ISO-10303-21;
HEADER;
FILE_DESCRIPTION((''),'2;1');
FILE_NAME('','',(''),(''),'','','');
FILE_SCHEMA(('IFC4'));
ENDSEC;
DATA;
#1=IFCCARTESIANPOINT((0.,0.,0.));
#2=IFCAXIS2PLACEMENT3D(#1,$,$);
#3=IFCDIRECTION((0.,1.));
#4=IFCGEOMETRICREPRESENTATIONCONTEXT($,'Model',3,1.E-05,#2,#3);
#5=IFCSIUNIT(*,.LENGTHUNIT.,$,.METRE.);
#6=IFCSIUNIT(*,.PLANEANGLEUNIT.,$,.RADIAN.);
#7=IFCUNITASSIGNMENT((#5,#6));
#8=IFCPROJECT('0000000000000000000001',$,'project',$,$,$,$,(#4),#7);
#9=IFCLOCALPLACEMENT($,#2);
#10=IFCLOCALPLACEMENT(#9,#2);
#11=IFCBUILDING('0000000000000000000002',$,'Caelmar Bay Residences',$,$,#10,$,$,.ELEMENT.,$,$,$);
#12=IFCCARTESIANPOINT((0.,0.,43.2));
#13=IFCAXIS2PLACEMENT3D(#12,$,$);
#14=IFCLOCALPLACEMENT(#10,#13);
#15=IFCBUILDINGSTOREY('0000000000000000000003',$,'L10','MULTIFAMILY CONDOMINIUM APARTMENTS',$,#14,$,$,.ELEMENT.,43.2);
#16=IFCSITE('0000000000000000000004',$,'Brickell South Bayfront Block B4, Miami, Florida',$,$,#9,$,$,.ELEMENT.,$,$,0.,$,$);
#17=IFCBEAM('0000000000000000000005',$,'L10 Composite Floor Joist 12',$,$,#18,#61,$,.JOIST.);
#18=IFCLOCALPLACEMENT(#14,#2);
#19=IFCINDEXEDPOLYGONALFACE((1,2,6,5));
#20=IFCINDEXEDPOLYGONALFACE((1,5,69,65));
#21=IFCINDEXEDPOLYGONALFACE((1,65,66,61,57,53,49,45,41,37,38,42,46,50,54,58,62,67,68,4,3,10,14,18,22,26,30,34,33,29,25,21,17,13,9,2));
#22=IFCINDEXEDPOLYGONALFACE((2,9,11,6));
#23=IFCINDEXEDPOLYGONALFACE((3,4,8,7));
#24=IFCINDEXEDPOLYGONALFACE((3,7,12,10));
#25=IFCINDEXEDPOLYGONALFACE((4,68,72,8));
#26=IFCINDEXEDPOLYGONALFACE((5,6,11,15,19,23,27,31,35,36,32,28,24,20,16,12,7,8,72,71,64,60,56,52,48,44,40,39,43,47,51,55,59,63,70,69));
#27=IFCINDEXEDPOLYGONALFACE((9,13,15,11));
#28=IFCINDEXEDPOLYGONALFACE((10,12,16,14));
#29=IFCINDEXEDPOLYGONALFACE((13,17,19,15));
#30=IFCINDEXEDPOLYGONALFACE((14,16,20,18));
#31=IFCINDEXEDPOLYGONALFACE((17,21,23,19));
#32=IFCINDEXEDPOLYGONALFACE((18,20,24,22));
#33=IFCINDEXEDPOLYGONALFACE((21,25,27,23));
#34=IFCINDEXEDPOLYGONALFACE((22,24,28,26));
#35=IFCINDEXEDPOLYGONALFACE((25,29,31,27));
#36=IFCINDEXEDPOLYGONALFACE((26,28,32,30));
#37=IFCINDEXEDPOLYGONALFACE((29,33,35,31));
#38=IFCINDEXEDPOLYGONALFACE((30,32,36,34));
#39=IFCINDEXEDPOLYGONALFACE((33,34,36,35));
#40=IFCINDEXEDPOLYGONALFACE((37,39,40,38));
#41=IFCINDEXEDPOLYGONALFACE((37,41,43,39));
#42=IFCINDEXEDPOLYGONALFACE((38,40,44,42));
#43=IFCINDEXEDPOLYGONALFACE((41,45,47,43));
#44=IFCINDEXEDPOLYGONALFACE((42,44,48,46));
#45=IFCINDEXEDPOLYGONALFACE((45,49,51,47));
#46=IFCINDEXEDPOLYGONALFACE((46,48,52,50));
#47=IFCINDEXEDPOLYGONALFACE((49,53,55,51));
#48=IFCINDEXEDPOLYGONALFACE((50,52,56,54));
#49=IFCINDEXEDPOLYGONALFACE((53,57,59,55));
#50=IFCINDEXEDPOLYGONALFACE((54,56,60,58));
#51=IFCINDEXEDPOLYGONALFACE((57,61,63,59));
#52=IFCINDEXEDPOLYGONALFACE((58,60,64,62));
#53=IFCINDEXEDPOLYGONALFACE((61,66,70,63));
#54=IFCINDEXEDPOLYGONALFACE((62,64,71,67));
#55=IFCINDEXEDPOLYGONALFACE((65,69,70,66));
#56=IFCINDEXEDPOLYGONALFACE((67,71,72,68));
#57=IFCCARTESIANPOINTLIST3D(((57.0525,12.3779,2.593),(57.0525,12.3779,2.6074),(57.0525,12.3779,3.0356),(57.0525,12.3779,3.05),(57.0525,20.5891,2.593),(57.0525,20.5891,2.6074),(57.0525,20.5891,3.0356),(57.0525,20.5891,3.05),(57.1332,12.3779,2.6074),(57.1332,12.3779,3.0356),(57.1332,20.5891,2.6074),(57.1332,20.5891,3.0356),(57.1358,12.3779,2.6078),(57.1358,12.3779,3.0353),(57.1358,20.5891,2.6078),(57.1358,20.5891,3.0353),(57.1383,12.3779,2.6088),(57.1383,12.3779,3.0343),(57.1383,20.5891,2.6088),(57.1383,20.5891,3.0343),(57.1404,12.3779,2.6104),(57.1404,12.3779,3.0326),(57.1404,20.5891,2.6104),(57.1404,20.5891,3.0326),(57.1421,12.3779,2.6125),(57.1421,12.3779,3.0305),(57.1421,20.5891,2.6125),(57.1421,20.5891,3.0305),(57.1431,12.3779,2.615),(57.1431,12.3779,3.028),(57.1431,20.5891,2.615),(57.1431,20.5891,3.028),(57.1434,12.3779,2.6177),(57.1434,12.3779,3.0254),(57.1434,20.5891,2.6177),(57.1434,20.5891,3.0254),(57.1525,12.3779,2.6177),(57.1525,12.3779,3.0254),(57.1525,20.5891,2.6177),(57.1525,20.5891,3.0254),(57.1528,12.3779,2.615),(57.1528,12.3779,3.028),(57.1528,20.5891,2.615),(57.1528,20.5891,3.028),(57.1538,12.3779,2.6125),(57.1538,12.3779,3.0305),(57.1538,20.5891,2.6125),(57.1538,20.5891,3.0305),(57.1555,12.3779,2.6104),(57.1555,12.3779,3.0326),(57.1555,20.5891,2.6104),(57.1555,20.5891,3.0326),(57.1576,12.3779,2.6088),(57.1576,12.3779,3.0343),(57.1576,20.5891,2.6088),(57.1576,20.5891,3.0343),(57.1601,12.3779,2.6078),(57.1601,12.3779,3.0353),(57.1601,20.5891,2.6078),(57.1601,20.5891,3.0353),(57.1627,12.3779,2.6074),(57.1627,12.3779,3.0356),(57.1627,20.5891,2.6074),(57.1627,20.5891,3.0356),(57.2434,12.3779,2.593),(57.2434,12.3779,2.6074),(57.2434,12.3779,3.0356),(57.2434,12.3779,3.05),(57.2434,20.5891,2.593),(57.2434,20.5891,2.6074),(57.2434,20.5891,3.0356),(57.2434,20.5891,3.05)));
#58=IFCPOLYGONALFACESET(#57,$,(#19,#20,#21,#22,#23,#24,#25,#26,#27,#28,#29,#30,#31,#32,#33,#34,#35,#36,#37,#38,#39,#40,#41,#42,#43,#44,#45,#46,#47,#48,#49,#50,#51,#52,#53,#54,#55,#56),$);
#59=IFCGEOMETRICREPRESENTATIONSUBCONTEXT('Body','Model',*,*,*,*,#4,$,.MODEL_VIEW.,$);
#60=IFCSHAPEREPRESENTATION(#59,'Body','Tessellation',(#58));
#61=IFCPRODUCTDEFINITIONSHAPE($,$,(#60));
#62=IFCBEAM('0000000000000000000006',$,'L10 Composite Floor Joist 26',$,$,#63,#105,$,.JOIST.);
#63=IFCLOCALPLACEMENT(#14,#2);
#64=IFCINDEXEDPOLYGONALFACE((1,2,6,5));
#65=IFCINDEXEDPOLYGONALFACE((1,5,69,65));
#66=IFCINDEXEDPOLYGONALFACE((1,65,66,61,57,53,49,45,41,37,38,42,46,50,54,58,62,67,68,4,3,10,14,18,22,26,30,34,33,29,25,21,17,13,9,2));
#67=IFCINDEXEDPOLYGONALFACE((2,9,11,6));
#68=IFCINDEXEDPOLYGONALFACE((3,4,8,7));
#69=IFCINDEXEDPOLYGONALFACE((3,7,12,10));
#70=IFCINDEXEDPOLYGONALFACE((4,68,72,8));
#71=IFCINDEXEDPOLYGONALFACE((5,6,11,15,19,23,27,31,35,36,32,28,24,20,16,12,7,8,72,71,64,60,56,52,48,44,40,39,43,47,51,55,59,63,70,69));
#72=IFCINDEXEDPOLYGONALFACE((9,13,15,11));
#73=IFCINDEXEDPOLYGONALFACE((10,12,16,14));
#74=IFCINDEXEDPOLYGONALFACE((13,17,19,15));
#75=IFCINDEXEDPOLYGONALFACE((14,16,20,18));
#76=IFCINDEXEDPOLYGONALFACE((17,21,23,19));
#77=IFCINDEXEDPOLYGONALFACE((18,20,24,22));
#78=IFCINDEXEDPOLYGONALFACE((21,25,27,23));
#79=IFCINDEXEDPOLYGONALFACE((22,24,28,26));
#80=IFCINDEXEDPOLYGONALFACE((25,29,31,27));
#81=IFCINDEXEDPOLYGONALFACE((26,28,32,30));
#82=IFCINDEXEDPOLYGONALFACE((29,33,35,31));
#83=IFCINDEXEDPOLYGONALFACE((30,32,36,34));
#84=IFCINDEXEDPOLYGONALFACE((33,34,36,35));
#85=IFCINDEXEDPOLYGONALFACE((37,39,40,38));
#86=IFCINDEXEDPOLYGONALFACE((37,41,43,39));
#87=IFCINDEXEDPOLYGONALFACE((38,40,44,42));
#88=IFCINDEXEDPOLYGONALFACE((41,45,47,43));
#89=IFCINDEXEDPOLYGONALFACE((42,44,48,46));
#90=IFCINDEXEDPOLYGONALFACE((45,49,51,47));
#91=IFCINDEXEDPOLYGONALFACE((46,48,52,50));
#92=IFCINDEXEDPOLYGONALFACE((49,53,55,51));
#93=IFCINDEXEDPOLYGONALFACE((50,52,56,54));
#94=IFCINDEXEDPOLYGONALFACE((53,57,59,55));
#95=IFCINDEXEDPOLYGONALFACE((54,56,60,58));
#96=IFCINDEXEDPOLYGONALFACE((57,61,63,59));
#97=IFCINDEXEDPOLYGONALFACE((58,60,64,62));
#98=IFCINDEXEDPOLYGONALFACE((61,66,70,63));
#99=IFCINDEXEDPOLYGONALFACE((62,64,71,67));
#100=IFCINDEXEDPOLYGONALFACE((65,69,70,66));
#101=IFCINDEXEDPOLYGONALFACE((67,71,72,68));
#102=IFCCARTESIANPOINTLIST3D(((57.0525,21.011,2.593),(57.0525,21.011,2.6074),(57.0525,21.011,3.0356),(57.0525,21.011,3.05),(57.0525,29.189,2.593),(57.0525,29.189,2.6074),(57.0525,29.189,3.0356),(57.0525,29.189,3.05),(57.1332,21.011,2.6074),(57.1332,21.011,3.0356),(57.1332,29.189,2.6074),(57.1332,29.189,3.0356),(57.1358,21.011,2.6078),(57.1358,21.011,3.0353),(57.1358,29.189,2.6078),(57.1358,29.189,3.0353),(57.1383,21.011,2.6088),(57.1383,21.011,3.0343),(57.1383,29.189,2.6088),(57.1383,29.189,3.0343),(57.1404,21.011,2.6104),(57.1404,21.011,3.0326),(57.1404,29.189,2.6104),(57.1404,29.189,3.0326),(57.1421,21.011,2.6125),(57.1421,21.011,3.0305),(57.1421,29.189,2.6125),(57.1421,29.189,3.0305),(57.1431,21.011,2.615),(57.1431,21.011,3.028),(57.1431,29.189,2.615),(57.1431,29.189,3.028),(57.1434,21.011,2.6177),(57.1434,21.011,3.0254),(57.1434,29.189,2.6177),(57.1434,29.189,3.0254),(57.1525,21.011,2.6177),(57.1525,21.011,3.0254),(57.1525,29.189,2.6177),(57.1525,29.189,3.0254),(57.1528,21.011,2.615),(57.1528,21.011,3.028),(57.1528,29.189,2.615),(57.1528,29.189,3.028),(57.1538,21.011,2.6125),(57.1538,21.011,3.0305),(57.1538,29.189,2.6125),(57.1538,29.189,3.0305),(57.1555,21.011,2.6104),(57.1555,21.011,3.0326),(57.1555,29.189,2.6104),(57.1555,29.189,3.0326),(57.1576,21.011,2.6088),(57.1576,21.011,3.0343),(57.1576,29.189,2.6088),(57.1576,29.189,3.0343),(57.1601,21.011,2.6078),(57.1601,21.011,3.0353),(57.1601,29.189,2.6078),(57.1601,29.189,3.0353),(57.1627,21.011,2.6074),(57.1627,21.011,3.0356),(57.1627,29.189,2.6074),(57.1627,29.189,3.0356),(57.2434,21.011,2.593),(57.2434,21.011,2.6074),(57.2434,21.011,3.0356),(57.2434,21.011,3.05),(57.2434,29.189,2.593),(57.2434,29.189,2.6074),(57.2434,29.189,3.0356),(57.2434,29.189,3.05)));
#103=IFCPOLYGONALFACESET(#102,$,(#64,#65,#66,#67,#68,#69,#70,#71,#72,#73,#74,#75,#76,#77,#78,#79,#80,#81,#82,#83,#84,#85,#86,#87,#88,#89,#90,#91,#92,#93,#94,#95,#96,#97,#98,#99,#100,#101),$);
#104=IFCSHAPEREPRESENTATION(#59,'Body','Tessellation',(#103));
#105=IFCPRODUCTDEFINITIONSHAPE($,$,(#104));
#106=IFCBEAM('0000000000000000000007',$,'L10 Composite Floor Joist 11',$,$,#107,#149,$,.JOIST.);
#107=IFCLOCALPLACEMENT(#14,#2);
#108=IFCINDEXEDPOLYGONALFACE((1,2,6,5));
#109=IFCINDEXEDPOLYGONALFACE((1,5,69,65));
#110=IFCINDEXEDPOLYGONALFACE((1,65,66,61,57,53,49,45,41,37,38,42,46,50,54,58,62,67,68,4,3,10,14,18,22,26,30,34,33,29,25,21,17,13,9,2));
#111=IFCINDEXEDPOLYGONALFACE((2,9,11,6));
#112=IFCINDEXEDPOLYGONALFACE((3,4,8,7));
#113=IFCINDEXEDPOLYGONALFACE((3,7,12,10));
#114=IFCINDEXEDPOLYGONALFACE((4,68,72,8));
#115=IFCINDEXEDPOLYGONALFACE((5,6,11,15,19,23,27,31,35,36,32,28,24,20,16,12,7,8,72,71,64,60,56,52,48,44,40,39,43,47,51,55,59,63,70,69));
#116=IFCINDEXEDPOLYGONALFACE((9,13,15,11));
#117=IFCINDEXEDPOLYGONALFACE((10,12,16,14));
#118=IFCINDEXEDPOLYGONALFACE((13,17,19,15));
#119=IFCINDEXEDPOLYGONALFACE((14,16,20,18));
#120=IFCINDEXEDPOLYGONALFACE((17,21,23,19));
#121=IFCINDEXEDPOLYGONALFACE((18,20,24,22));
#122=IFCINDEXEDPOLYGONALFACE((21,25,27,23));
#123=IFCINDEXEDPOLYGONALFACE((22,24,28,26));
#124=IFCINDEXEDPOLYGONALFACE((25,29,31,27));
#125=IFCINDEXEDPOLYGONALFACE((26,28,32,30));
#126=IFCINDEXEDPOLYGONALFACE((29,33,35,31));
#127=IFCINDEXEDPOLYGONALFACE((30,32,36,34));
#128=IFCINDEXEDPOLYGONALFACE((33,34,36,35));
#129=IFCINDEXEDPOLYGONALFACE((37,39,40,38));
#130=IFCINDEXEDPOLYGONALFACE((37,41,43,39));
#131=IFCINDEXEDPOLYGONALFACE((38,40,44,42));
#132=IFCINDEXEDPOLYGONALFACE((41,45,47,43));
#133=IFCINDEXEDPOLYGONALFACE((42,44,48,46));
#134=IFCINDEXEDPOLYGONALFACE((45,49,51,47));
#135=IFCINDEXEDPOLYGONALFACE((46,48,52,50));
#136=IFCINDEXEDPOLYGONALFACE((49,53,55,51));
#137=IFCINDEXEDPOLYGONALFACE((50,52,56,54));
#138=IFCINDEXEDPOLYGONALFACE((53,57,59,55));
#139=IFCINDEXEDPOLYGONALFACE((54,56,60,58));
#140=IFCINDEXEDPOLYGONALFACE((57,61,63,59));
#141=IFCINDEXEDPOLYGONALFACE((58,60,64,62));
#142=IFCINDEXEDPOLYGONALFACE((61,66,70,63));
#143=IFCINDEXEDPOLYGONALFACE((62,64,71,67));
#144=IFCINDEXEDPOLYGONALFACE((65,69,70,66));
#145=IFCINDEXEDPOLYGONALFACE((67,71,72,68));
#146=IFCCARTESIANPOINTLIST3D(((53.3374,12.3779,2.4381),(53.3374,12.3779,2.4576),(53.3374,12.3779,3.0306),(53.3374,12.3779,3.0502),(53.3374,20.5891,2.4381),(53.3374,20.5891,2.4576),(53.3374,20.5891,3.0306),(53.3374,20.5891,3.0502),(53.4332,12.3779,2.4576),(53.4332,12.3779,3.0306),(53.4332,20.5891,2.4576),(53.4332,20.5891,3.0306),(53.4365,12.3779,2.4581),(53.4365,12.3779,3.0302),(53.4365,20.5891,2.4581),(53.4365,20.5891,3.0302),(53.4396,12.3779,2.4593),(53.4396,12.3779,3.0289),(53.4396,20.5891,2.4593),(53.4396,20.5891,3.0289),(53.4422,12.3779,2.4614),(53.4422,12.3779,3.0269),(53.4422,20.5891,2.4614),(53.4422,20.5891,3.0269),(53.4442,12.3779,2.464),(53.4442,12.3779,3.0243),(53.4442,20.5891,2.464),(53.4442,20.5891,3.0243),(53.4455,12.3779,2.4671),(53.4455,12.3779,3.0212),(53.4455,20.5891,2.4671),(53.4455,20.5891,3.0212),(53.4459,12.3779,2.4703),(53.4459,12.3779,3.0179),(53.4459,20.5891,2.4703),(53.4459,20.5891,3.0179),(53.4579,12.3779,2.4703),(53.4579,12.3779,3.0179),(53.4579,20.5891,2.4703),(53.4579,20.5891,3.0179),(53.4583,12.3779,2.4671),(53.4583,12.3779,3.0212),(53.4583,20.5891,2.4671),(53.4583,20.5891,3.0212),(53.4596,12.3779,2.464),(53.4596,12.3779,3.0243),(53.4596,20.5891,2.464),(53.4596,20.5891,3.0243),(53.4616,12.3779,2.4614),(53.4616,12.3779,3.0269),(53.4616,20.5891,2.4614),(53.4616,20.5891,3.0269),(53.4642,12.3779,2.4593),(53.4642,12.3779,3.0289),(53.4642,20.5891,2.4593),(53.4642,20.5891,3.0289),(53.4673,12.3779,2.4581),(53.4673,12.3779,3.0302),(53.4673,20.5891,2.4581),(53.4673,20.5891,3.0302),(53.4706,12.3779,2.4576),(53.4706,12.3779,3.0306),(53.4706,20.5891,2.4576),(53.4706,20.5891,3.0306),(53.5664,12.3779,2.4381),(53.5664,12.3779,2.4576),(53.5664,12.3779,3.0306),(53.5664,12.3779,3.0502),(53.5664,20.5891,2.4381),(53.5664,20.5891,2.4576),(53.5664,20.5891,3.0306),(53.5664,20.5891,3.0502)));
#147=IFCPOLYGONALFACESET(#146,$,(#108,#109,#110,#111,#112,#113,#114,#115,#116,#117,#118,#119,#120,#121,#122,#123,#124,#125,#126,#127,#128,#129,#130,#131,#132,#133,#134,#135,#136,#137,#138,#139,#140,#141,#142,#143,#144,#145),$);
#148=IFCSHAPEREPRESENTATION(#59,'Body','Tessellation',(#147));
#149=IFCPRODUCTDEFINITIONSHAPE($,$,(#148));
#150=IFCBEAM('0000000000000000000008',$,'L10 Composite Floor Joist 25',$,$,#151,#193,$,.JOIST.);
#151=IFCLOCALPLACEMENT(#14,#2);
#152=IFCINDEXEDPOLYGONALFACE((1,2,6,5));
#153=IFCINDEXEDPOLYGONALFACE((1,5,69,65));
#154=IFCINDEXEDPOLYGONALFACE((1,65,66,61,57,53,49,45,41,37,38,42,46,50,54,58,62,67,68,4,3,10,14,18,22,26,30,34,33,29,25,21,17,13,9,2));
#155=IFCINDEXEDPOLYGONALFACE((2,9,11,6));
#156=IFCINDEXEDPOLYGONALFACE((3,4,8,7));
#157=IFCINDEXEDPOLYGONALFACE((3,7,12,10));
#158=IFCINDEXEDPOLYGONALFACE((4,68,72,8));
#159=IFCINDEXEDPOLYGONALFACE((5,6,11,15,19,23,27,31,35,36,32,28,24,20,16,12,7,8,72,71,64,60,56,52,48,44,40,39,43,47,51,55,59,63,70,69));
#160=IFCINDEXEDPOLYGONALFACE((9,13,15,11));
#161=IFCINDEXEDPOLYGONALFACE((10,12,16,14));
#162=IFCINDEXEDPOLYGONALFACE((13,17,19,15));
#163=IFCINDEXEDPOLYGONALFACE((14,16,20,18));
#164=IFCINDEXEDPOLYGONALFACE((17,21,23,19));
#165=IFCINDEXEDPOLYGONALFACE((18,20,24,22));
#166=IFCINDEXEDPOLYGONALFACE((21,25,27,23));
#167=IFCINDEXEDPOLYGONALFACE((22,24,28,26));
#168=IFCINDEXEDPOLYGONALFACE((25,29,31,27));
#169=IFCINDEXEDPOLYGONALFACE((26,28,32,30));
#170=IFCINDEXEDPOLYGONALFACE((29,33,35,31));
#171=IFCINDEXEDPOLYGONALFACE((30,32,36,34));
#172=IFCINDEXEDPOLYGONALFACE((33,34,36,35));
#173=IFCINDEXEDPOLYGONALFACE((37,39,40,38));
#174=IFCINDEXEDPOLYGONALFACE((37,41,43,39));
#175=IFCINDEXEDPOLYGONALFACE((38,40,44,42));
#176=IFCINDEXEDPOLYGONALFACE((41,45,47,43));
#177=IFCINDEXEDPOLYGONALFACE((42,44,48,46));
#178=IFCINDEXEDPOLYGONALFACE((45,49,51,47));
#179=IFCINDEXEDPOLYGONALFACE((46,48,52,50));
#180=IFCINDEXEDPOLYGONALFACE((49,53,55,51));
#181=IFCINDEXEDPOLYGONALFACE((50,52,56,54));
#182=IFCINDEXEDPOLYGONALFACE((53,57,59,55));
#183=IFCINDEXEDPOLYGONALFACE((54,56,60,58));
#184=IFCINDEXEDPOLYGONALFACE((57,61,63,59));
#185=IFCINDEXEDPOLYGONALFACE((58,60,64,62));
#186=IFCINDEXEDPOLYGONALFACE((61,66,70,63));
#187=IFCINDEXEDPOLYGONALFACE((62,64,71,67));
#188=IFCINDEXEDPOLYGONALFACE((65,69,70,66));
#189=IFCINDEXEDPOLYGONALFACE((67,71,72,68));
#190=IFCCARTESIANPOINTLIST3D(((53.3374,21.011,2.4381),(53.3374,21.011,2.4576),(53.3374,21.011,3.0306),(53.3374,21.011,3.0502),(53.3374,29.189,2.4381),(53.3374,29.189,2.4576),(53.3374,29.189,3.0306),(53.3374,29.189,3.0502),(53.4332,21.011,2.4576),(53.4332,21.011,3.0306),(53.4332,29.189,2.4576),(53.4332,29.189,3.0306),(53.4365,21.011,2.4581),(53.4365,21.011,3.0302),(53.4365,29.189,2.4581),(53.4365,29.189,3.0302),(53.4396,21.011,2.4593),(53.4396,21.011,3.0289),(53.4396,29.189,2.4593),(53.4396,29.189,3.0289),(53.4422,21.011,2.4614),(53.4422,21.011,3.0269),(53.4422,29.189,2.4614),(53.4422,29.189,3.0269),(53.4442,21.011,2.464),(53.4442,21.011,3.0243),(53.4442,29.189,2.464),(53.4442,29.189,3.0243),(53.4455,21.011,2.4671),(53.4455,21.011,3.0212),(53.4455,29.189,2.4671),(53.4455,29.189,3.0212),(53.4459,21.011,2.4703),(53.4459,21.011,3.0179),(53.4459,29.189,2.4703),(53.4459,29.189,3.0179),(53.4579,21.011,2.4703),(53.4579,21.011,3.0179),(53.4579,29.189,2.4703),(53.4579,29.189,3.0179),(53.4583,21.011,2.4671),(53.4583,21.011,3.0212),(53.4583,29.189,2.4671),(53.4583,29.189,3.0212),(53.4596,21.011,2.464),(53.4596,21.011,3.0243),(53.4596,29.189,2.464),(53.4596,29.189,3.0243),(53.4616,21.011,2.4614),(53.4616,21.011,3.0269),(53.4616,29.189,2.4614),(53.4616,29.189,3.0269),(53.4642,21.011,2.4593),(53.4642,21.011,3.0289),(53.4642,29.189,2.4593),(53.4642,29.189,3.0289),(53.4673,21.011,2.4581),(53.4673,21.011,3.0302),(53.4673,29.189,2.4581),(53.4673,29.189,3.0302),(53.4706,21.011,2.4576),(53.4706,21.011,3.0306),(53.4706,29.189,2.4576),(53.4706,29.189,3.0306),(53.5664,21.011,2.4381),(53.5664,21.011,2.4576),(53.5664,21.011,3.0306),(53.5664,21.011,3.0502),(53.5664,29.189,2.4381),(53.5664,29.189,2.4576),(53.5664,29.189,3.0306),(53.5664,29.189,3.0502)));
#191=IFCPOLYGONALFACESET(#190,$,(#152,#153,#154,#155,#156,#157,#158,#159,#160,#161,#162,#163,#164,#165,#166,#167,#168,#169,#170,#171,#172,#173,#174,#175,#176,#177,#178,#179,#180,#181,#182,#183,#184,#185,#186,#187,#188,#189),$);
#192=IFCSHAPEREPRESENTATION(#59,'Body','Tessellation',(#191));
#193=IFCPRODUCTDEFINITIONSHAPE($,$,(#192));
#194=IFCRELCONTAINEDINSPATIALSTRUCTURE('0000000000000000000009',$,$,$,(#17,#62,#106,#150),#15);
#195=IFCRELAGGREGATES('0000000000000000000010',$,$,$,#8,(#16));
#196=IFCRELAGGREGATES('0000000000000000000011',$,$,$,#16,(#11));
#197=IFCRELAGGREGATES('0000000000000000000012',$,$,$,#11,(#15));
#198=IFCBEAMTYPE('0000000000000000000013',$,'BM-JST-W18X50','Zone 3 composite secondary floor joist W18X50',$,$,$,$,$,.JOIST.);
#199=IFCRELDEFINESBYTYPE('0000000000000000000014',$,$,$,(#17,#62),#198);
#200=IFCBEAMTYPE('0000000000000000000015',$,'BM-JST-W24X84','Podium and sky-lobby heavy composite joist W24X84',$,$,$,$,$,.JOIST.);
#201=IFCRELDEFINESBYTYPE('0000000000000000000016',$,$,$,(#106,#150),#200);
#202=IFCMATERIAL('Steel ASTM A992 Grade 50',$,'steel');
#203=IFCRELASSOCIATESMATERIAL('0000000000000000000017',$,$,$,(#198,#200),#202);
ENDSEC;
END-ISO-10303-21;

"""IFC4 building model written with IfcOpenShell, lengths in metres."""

from ifc_helpers import new_model, si_unit, direction, frame, origin, origin_2d, place, context, subcontext, project, spatial, i_section, extrude, material, material_profile, profile_set, type_object, element, save


model = new_model("IFC4")

# Units and contexts
model_context = context("Model", 3, precision=1e-05, world=origin(), true_north=direction((0.0, 1.0)))
body_context = subcontext(model_context, "Body", "Model", "MODEL_VIEW")
ifc_project = project(units=[si_unit("LENGTHUNIT", "METRE"), si_unit("PLANEANGLEUNIT", "RADIAN")], contexts=[model_context])

# Site, building, storey
site_placement = place(None, origin())
site = spatial("IfcSite", under=ifc_project, at=site_placement, Name="Brickell South Bayfront Block B4, Miami, Florida", CompositionType="ELEMENT", RefElevation=0.0)
building_placement = place(site_placement, origin())
building = spatial("IfcBuilding", under=site, at=building_placement, Name="Caelmar Bay Residences", CompositionType="ELEMENT")
storey_placement = place(building_placement, frame((0.0, 0.0, 43.2)))
storey = spatial("IfcBuildingStorey", under=building, at=storey_placement, Name="L10", Description="MULTIFAMILY CONDOMINIUM APARTMENTS", CompositionType="ELEMENT", Elevation=43.2)

# Beams
ifc_material_1 = material(Name="Steel ASTM A992 Grade 50", Category="steel")
ifc_material_profile_1 = material_profile(ifc_material_1, i_section(OverallWidth=0.1909, OverallDepth=0.457, WebThickness=0.009, FlangeThickness=0.0144, FilletRadius=0.0103, at=origin_2d()), Name="W18X50")
ifc_profile_set_1 = profile_set([ifc_material_profile_1], Name="Steel ASTM A992 Grade 50")
beam_type_1 = type_object("IfcBeamType", Name="BM-JST-W18X50", Description="Zone 3 composite secondary floor joist W18X50", PredefinedType="JOIST", material=ifc_profile_set_1)
beam_1_placement = place(storey_placement, frame((57.1479, 12.3779, 2.8215), z_axis=(0.0, 1.0, 0.0), x_axis=(-1.0, 0.0, 0.0)))
element("IfcBeam", 1, at=beam_1_placement, inside=storey, type_object=beam_type_1, Name="L10 Composite Floor Joist 12", PredefinedType="JOIST", context=body_context, shape_type="SweptSolid", body=[
    extrude(i_section(OverallWidth=0.1909, OverallDepth=0.457, WebThickness=0.009, FlangeThickness=0.0144, FilletRadius=0.0103, at=origin_2d()), origin(), (0.0, 0.0, 1.0), 8.2112),
])
beam_2_placement = place(storey_placement, frame((57.1479, 21.011, 2.8215), z_axis=(0.0, 1.0, 0.0), x_axis=(-1.0, 0.0, 0.0)))
element("IfcBeam", 2, at=beam_2_placement, inside=storey, type_object=beam_type_1, Name="L10 Composite Floor Joist 26", PredefinedType="JOIST", context=body_context, shape_type="SweptSolid", body=[
    extrude(i_section(OverallWidth=0.1909, OverallDepth=0.457, WebThickness=0.009, FlangeThickness=0.0144, FilletRadius=0.0103, at=origin_2d()), origin(), (0.0, 0.0, 1.0), 8.178),
])
ifc_material_profile_2 = material_profile(ifc_material_1, i_section(OverallWidth=0.229, OverallDepth=0.6121, WebThickness=0.012, FlangeThickness=0.0195, FilletRadius=0.0127, at=origin_2d()), Name="W24X84")
ifc_profile_set_2 = profile_set([ifc_material_profile_2], Name="Steel ASTM A992 Grade 50")
beam_type_2 = type_object("IfcBeamType", Name="BM-JST-W24X84", Description="Podium and sky-lobby heavy composite joist W24X84", PredefinedType="JOIST", material=ifc_profile_set_2)
beam_3_placement = place(storey_placement, frame((53.4519, 12.3779, 2.7441), z_axis=(0.0, 1.0, 0.0), x_axis=(-1.0, 0.0, 0.0)))
element("IfcBeam", 3, at=beam_3_placement, inside=storey, type_object=beam_type_2, Name="L10 Composite Floor Joist 11", PredefinedType="JOIST", context=body_context, shape_type="SweptSolid", body=[
    extrude(i_section(OverallWidth=0.229, OverallDepth=0.6121, WebThickness=0.012, FlangeThickness=0.0195, FilletRadius=0.0127, at=origin_2d()), origin(), (0.0, 0.0, 1.0), 8.2112),
])
beam_4_placement = place(storey_placement, frame((53.4519, 21.011, 2.7441), z_axis=(0.0, 1.0, 0.0), x_axis=(-1.0, 0.0, 0.0)))
element("IfcBeam", 4, at=beam_4_placement, inside=storey, type_object=beam_type_2, Name="L10 Composite Floor Joist 25", PredefinedType="JOIST", context=body_context, shape_type="SweptSolid", body=[
    extrude(i_section(OverallWidth=0.229, OverallDepth=0.6121, WebThickness=0.012, FlangeThickness=0.0195, FilletRadius=0.0127, at=origin_2d()), origin(), (0.0, 0.0, 1.0), 8.178),
])

save(model, "model.ifc")
